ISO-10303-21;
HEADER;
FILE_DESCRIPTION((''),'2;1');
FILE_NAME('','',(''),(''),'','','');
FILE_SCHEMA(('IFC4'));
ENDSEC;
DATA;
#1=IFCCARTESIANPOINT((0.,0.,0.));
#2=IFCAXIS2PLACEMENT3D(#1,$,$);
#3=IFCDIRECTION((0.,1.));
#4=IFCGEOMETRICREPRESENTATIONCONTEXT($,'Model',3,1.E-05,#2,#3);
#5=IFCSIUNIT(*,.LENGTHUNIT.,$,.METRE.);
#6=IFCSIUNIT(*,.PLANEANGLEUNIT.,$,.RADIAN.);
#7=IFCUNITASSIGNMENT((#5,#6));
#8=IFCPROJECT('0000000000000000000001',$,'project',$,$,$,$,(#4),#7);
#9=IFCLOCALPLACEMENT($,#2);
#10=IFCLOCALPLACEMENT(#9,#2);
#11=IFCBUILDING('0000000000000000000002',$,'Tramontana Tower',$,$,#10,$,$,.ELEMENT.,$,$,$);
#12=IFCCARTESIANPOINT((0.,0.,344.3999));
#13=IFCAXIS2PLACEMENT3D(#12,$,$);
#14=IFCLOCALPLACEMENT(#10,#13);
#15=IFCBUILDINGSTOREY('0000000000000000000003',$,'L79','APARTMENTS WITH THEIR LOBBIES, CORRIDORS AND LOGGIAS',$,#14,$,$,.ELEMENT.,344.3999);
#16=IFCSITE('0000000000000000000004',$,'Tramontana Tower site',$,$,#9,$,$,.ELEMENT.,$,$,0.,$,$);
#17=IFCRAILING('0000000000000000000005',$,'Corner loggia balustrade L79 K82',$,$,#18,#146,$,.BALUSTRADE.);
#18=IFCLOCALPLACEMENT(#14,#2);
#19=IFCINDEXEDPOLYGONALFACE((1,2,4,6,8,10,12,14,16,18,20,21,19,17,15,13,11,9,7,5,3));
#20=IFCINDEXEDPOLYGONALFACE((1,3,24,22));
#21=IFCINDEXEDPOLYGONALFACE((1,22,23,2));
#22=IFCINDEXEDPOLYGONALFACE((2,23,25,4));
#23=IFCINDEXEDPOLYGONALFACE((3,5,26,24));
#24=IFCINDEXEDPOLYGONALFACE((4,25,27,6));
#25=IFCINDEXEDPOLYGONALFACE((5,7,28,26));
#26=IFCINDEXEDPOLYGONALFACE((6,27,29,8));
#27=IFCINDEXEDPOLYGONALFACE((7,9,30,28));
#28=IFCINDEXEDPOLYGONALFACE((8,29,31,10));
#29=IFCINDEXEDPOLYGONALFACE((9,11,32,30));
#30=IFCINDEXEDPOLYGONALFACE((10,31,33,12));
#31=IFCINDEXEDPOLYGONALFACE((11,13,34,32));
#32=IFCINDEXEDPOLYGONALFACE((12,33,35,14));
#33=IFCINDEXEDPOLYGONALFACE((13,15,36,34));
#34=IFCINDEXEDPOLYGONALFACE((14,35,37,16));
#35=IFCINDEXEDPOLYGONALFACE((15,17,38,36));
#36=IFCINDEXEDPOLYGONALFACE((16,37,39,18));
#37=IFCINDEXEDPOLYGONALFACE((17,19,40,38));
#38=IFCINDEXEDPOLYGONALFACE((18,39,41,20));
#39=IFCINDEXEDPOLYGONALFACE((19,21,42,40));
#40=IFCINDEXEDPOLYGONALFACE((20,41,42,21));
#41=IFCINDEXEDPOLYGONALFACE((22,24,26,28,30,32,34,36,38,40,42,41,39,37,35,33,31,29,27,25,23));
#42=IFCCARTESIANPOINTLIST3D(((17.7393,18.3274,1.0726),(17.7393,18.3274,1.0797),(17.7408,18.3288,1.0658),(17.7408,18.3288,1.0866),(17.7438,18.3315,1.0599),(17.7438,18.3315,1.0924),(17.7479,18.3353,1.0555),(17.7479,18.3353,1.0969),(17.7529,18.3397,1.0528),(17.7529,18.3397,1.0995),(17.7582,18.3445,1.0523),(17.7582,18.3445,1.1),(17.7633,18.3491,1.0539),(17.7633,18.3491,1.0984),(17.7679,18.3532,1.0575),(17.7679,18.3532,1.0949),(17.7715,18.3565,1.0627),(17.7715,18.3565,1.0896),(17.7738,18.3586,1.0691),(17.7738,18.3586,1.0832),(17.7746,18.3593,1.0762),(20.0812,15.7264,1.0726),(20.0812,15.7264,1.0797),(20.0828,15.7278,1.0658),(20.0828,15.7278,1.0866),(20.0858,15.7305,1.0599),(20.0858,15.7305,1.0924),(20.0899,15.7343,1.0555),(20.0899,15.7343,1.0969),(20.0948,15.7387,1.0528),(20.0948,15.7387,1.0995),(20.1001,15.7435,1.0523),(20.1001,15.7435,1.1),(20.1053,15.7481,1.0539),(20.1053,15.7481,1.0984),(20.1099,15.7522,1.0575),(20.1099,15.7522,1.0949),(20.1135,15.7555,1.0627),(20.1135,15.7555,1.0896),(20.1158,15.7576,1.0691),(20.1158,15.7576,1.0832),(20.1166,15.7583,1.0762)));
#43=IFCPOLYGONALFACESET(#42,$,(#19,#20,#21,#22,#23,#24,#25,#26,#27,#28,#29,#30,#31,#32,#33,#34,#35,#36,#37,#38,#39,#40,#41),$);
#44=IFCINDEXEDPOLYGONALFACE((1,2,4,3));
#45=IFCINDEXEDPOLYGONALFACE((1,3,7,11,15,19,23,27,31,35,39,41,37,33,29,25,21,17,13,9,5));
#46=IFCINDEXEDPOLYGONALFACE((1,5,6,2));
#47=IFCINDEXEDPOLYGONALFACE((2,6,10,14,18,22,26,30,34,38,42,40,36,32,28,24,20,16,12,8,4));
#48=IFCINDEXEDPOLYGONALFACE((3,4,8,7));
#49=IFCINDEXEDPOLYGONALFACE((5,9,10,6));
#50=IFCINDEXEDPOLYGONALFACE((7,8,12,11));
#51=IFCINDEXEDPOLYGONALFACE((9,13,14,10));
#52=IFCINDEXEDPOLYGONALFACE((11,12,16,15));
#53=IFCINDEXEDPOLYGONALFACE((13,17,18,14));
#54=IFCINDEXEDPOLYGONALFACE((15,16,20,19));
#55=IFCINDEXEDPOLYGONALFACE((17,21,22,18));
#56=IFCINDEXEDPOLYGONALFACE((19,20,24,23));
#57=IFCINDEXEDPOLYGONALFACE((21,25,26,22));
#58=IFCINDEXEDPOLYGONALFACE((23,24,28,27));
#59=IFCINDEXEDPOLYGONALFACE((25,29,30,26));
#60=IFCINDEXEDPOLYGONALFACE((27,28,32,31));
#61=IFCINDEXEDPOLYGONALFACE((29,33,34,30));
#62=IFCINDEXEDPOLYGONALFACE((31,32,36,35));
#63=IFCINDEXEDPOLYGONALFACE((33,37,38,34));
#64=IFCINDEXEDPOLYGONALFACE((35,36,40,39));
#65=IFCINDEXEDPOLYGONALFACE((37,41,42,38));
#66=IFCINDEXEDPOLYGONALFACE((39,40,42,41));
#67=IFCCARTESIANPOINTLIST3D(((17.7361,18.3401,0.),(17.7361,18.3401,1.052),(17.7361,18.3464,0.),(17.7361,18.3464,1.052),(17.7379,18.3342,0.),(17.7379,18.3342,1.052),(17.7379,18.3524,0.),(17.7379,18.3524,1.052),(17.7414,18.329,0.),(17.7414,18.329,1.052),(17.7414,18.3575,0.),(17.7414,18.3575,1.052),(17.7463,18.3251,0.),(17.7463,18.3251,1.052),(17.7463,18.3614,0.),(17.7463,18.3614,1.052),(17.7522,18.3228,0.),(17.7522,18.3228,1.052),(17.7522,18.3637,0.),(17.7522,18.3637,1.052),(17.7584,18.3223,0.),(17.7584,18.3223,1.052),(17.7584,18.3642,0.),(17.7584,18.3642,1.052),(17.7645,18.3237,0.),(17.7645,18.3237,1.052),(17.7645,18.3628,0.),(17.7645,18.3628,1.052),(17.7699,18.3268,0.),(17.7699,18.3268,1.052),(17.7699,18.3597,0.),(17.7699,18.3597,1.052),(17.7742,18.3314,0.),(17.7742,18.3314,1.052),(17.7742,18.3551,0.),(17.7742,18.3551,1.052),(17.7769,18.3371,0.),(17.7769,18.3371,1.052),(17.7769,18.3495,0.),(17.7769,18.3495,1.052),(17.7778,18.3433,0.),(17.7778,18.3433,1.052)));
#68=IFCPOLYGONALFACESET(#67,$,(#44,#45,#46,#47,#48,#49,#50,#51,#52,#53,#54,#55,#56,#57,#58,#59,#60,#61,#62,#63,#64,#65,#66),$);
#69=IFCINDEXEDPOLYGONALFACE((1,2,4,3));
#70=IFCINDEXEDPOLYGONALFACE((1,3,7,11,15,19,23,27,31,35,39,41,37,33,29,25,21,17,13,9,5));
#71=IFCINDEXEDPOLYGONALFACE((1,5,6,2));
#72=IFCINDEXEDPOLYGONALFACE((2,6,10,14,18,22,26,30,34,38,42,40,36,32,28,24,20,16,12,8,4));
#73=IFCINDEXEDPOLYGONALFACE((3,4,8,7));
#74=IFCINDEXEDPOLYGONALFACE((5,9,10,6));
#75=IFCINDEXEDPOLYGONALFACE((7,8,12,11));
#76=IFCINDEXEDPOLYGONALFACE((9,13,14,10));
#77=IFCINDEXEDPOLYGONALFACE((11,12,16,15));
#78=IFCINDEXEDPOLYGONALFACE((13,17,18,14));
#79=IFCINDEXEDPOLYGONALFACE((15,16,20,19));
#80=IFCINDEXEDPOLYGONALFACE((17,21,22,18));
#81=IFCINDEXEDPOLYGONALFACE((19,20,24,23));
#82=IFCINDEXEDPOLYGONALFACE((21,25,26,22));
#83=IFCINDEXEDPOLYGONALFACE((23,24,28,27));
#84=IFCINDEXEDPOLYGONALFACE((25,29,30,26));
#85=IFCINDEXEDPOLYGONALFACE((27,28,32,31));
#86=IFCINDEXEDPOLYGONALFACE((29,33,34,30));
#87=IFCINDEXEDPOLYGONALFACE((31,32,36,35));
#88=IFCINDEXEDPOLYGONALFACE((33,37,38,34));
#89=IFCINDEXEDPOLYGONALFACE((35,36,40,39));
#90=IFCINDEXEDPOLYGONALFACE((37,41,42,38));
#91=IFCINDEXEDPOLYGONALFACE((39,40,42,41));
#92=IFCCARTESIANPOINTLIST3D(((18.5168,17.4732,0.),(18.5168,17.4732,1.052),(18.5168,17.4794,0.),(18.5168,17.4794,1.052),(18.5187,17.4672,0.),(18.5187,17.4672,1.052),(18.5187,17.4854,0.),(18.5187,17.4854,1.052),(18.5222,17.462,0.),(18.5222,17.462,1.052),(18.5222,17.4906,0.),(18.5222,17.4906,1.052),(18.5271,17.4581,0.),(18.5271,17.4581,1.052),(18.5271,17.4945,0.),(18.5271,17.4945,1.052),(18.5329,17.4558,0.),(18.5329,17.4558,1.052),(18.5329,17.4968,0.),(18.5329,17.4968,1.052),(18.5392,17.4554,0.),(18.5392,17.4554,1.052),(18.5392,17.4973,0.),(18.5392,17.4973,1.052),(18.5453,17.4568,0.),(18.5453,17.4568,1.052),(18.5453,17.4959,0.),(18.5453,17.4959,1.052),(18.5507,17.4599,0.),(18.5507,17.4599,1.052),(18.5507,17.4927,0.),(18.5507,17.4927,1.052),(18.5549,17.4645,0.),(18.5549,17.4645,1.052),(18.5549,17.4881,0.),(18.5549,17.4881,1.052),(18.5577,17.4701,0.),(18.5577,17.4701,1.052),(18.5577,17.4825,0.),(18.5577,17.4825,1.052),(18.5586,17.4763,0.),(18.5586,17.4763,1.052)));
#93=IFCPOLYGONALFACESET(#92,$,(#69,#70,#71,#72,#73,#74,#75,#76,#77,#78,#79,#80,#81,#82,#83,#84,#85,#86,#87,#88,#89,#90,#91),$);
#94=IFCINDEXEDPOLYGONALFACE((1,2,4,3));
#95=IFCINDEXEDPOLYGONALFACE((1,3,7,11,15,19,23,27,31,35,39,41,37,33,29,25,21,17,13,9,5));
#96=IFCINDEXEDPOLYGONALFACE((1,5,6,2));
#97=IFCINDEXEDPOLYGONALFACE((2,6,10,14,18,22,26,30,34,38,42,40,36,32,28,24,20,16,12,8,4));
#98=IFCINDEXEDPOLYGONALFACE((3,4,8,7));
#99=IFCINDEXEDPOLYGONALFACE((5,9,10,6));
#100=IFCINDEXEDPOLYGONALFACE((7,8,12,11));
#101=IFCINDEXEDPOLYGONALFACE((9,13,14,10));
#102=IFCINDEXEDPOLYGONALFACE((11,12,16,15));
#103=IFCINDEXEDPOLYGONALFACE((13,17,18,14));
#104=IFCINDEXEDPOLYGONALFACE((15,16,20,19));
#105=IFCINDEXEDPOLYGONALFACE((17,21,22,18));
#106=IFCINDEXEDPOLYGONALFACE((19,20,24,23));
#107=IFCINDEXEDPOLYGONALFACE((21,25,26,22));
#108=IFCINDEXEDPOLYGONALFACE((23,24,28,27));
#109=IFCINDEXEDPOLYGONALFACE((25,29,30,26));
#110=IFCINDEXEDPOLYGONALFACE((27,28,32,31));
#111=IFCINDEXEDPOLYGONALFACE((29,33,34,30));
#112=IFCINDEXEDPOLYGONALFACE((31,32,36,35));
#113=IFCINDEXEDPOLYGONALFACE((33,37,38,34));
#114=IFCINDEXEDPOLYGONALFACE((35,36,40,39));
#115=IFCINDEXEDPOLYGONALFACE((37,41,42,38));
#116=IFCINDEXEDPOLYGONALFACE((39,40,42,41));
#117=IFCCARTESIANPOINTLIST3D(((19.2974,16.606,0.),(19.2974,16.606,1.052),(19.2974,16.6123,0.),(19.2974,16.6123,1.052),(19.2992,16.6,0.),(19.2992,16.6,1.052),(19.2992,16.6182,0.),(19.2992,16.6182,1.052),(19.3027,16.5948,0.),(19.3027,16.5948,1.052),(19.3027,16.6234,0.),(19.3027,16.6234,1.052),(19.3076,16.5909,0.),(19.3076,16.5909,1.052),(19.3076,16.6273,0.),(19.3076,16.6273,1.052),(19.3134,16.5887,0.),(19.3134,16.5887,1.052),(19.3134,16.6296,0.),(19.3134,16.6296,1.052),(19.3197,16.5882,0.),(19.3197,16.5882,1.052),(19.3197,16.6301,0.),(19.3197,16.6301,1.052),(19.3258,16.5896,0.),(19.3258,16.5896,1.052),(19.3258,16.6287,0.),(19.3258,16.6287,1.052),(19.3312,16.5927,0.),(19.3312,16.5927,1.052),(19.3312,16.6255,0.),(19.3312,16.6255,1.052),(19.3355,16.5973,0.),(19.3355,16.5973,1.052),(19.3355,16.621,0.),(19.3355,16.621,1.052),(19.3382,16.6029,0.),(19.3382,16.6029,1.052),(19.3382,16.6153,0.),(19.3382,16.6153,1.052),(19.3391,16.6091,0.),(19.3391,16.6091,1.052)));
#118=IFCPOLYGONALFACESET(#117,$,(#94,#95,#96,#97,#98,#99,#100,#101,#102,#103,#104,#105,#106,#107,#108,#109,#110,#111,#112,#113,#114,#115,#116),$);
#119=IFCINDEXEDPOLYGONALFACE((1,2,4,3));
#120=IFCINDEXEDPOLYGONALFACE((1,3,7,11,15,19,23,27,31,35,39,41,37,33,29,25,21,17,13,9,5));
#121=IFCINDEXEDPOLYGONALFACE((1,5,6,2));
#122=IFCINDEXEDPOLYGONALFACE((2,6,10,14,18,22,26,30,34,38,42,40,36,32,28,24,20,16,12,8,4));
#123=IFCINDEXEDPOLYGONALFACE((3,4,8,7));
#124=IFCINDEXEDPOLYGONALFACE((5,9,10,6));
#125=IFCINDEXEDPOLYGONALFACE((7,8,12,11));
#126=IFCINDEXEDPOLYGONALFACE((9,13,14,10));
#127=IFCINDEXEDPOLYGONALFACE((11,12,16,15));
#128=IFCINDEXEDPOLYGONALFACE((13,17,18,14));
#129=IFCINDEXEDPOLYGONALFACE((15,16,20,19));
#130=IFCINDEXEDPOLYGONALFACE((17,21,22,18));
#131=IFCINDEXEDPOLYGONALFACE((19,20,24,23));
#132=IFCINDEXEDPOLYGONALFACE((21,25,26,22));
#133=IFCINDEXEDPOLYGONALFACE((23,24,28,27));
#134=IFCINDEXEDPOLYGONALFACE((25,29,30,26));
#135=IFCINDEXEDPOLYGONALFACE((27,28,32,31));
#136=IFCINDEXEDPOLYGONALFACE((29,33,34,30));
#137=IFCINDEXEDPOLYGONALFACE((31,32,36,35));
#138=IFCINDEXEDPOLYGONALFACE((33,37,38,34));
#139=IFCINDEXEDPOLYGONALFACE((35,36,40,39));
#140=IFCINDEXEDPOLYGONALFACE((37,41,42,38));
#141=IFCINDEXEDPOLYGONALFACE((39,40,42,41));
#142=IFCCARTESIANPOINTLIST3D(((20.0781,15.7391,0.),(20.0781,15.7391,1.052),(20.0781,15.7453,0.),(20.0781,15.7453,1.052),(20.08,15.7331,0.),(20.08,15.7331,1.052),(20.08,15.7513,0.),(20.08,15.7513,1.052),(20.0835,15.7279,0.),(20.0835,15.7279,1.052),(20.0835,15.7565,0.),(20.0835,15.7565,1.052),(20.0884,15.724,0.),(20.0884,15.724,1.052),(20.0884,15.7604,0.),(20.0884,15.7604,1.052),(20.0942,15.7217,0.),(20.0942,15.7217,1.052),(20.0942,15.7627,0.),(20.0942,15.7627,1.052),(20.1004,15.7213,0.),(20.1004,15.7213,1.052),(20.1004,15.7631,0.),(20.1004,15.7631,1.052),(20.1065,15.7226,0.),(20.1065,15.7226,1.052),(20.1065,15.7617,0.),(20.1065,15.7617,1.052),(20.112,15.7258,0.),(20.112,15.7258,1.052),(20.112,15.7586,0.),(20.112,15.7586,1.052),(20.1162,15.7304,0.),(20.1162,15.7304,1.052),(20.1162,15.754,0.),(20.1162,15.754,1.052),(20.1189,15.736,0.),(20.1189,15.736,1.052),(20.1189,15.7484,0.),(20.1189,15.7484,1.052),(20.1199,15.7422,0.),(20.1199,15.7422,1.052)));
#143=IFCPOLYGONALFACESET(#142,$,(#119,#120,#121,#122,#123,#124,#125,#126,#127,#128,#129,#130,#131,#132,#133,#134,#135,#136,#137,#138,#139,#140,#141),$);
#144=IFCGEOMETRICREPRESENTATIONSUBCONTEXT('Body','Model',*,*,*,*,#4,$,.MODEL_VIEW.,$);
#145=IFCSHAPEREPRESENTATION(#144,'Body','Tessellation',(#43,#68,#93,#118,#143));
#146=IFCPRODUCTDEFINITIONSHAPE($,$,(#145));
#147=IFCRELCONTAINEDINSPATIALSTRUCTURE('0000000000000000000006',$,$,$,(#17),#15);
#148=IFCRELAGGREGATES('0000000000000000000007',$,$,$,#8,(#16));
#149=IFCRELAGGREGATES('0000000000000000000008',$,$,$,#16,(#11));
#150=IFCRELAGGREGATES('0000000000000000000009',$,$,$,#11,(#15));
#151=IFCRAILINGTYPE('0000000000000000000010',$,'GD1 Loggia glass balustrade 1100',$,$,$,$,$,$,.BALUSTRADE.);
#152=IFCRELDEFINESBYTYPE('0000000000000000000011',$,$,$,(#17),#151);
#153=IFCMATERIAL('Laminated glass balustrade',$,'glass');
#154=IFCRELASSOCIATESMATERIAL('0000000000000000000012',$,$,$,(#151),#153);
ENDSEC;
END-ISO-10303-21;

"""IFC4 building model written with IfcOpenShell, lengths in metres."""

from ifc_helpers import new_model, si_unit, direction, frame, origin, origin_2d, place, context, subcontext, project, spatial, circle, extrude, material, type_object, element, save


model = new_model("IFC4")

# Units and contexts
model_context = context("Model", 3, precision=1e-05, world=origin(), true_north=direction((0.0, 1.0)))
body_context = subcontext(model_context, "Body", "Model", "MODEL_VIEW")
ifc_project = project(units=[si_unit("LENGTHUNIT", "METRE"), si_unit("PLANEANGLEUNIT", "RADIAN")], contexts=[model_context])

# Site, building, storey
site_placement = place(None, origin())
site = spatial("IfcSite", under=ifc_project, at=site_placement, Name="Tramontana Tower site", CompositionType="ELEMENT", RefElevation=0.0)
building_placement = place(site_placement, origin())
building = spatial("IfcBuilding", under=site, at=building_placement, Name="Tramontana Tower", CompositionType="ELEMENT")
storey_placement = place(building_placement, frame((0.0, 0.0, 344.3999)))
storey = spatial("IfcBuildingStorey", under=building, at=storey_placement, Name="L79", Description="APARTMENTS WITH THEIR LOBBIES, CORRIDORS AND LOGGIAS", CompositionType="ELEMENT", Elevation=344.3999)

# Railing
ifc_material_1 = material(Name="Laminated glass balustrade", Category="glass")
railing_type = type_object("IfcRailingType", Name="GD1 Loggia glass balustrade 1100", PredefinedType="BALUSTRADE", material=ifc_material_1)
railing_1_placement = place(storey_placement, frame((17.7568, 18.3433, 0.0)))
element("IfcRailing", 1, at=railing_1_placement, inside=storey, type_object=railing_type, Name="Corner loggia balustrade L79 K82", PredefinedType="BALUSTRADE", context=body_context, shape_type="SweptSolid", body=[
    extrude(circle(Radius=0.0239, at=origin_2d()), frame((0.0, 0.0, 1.0762), z_axis=(0.669134, -0.743142, 0.0), x_axis=(0.743142, 0.669134, 0.0)), (0.0, 0.0, 1.0), 3.5),
    extrude(circle(Radius=0.021, at=origin_2d()), origin(), (0.0, 0.0, 1.0), 1.052),
    extrude(circle(Radius=0.021, at=origin_2d()), frame((0.7808, -0.8669, 0.0)), (0.0, 0.0, 1.0), 1.052),
    extrude(circle(Radius=0.021, at=origin_2d()), frame((1.5613, -1.7341, 0.0)), (0.0, 0.0, 1.0), 1.052),
    extrude(circle(Radius=0.021, at=origin_2d()), frame((2.342, -2.6011, 0.0)), (0.0, 0.0, 1.0), 1.052),
])

save(model, "model.ifc")
